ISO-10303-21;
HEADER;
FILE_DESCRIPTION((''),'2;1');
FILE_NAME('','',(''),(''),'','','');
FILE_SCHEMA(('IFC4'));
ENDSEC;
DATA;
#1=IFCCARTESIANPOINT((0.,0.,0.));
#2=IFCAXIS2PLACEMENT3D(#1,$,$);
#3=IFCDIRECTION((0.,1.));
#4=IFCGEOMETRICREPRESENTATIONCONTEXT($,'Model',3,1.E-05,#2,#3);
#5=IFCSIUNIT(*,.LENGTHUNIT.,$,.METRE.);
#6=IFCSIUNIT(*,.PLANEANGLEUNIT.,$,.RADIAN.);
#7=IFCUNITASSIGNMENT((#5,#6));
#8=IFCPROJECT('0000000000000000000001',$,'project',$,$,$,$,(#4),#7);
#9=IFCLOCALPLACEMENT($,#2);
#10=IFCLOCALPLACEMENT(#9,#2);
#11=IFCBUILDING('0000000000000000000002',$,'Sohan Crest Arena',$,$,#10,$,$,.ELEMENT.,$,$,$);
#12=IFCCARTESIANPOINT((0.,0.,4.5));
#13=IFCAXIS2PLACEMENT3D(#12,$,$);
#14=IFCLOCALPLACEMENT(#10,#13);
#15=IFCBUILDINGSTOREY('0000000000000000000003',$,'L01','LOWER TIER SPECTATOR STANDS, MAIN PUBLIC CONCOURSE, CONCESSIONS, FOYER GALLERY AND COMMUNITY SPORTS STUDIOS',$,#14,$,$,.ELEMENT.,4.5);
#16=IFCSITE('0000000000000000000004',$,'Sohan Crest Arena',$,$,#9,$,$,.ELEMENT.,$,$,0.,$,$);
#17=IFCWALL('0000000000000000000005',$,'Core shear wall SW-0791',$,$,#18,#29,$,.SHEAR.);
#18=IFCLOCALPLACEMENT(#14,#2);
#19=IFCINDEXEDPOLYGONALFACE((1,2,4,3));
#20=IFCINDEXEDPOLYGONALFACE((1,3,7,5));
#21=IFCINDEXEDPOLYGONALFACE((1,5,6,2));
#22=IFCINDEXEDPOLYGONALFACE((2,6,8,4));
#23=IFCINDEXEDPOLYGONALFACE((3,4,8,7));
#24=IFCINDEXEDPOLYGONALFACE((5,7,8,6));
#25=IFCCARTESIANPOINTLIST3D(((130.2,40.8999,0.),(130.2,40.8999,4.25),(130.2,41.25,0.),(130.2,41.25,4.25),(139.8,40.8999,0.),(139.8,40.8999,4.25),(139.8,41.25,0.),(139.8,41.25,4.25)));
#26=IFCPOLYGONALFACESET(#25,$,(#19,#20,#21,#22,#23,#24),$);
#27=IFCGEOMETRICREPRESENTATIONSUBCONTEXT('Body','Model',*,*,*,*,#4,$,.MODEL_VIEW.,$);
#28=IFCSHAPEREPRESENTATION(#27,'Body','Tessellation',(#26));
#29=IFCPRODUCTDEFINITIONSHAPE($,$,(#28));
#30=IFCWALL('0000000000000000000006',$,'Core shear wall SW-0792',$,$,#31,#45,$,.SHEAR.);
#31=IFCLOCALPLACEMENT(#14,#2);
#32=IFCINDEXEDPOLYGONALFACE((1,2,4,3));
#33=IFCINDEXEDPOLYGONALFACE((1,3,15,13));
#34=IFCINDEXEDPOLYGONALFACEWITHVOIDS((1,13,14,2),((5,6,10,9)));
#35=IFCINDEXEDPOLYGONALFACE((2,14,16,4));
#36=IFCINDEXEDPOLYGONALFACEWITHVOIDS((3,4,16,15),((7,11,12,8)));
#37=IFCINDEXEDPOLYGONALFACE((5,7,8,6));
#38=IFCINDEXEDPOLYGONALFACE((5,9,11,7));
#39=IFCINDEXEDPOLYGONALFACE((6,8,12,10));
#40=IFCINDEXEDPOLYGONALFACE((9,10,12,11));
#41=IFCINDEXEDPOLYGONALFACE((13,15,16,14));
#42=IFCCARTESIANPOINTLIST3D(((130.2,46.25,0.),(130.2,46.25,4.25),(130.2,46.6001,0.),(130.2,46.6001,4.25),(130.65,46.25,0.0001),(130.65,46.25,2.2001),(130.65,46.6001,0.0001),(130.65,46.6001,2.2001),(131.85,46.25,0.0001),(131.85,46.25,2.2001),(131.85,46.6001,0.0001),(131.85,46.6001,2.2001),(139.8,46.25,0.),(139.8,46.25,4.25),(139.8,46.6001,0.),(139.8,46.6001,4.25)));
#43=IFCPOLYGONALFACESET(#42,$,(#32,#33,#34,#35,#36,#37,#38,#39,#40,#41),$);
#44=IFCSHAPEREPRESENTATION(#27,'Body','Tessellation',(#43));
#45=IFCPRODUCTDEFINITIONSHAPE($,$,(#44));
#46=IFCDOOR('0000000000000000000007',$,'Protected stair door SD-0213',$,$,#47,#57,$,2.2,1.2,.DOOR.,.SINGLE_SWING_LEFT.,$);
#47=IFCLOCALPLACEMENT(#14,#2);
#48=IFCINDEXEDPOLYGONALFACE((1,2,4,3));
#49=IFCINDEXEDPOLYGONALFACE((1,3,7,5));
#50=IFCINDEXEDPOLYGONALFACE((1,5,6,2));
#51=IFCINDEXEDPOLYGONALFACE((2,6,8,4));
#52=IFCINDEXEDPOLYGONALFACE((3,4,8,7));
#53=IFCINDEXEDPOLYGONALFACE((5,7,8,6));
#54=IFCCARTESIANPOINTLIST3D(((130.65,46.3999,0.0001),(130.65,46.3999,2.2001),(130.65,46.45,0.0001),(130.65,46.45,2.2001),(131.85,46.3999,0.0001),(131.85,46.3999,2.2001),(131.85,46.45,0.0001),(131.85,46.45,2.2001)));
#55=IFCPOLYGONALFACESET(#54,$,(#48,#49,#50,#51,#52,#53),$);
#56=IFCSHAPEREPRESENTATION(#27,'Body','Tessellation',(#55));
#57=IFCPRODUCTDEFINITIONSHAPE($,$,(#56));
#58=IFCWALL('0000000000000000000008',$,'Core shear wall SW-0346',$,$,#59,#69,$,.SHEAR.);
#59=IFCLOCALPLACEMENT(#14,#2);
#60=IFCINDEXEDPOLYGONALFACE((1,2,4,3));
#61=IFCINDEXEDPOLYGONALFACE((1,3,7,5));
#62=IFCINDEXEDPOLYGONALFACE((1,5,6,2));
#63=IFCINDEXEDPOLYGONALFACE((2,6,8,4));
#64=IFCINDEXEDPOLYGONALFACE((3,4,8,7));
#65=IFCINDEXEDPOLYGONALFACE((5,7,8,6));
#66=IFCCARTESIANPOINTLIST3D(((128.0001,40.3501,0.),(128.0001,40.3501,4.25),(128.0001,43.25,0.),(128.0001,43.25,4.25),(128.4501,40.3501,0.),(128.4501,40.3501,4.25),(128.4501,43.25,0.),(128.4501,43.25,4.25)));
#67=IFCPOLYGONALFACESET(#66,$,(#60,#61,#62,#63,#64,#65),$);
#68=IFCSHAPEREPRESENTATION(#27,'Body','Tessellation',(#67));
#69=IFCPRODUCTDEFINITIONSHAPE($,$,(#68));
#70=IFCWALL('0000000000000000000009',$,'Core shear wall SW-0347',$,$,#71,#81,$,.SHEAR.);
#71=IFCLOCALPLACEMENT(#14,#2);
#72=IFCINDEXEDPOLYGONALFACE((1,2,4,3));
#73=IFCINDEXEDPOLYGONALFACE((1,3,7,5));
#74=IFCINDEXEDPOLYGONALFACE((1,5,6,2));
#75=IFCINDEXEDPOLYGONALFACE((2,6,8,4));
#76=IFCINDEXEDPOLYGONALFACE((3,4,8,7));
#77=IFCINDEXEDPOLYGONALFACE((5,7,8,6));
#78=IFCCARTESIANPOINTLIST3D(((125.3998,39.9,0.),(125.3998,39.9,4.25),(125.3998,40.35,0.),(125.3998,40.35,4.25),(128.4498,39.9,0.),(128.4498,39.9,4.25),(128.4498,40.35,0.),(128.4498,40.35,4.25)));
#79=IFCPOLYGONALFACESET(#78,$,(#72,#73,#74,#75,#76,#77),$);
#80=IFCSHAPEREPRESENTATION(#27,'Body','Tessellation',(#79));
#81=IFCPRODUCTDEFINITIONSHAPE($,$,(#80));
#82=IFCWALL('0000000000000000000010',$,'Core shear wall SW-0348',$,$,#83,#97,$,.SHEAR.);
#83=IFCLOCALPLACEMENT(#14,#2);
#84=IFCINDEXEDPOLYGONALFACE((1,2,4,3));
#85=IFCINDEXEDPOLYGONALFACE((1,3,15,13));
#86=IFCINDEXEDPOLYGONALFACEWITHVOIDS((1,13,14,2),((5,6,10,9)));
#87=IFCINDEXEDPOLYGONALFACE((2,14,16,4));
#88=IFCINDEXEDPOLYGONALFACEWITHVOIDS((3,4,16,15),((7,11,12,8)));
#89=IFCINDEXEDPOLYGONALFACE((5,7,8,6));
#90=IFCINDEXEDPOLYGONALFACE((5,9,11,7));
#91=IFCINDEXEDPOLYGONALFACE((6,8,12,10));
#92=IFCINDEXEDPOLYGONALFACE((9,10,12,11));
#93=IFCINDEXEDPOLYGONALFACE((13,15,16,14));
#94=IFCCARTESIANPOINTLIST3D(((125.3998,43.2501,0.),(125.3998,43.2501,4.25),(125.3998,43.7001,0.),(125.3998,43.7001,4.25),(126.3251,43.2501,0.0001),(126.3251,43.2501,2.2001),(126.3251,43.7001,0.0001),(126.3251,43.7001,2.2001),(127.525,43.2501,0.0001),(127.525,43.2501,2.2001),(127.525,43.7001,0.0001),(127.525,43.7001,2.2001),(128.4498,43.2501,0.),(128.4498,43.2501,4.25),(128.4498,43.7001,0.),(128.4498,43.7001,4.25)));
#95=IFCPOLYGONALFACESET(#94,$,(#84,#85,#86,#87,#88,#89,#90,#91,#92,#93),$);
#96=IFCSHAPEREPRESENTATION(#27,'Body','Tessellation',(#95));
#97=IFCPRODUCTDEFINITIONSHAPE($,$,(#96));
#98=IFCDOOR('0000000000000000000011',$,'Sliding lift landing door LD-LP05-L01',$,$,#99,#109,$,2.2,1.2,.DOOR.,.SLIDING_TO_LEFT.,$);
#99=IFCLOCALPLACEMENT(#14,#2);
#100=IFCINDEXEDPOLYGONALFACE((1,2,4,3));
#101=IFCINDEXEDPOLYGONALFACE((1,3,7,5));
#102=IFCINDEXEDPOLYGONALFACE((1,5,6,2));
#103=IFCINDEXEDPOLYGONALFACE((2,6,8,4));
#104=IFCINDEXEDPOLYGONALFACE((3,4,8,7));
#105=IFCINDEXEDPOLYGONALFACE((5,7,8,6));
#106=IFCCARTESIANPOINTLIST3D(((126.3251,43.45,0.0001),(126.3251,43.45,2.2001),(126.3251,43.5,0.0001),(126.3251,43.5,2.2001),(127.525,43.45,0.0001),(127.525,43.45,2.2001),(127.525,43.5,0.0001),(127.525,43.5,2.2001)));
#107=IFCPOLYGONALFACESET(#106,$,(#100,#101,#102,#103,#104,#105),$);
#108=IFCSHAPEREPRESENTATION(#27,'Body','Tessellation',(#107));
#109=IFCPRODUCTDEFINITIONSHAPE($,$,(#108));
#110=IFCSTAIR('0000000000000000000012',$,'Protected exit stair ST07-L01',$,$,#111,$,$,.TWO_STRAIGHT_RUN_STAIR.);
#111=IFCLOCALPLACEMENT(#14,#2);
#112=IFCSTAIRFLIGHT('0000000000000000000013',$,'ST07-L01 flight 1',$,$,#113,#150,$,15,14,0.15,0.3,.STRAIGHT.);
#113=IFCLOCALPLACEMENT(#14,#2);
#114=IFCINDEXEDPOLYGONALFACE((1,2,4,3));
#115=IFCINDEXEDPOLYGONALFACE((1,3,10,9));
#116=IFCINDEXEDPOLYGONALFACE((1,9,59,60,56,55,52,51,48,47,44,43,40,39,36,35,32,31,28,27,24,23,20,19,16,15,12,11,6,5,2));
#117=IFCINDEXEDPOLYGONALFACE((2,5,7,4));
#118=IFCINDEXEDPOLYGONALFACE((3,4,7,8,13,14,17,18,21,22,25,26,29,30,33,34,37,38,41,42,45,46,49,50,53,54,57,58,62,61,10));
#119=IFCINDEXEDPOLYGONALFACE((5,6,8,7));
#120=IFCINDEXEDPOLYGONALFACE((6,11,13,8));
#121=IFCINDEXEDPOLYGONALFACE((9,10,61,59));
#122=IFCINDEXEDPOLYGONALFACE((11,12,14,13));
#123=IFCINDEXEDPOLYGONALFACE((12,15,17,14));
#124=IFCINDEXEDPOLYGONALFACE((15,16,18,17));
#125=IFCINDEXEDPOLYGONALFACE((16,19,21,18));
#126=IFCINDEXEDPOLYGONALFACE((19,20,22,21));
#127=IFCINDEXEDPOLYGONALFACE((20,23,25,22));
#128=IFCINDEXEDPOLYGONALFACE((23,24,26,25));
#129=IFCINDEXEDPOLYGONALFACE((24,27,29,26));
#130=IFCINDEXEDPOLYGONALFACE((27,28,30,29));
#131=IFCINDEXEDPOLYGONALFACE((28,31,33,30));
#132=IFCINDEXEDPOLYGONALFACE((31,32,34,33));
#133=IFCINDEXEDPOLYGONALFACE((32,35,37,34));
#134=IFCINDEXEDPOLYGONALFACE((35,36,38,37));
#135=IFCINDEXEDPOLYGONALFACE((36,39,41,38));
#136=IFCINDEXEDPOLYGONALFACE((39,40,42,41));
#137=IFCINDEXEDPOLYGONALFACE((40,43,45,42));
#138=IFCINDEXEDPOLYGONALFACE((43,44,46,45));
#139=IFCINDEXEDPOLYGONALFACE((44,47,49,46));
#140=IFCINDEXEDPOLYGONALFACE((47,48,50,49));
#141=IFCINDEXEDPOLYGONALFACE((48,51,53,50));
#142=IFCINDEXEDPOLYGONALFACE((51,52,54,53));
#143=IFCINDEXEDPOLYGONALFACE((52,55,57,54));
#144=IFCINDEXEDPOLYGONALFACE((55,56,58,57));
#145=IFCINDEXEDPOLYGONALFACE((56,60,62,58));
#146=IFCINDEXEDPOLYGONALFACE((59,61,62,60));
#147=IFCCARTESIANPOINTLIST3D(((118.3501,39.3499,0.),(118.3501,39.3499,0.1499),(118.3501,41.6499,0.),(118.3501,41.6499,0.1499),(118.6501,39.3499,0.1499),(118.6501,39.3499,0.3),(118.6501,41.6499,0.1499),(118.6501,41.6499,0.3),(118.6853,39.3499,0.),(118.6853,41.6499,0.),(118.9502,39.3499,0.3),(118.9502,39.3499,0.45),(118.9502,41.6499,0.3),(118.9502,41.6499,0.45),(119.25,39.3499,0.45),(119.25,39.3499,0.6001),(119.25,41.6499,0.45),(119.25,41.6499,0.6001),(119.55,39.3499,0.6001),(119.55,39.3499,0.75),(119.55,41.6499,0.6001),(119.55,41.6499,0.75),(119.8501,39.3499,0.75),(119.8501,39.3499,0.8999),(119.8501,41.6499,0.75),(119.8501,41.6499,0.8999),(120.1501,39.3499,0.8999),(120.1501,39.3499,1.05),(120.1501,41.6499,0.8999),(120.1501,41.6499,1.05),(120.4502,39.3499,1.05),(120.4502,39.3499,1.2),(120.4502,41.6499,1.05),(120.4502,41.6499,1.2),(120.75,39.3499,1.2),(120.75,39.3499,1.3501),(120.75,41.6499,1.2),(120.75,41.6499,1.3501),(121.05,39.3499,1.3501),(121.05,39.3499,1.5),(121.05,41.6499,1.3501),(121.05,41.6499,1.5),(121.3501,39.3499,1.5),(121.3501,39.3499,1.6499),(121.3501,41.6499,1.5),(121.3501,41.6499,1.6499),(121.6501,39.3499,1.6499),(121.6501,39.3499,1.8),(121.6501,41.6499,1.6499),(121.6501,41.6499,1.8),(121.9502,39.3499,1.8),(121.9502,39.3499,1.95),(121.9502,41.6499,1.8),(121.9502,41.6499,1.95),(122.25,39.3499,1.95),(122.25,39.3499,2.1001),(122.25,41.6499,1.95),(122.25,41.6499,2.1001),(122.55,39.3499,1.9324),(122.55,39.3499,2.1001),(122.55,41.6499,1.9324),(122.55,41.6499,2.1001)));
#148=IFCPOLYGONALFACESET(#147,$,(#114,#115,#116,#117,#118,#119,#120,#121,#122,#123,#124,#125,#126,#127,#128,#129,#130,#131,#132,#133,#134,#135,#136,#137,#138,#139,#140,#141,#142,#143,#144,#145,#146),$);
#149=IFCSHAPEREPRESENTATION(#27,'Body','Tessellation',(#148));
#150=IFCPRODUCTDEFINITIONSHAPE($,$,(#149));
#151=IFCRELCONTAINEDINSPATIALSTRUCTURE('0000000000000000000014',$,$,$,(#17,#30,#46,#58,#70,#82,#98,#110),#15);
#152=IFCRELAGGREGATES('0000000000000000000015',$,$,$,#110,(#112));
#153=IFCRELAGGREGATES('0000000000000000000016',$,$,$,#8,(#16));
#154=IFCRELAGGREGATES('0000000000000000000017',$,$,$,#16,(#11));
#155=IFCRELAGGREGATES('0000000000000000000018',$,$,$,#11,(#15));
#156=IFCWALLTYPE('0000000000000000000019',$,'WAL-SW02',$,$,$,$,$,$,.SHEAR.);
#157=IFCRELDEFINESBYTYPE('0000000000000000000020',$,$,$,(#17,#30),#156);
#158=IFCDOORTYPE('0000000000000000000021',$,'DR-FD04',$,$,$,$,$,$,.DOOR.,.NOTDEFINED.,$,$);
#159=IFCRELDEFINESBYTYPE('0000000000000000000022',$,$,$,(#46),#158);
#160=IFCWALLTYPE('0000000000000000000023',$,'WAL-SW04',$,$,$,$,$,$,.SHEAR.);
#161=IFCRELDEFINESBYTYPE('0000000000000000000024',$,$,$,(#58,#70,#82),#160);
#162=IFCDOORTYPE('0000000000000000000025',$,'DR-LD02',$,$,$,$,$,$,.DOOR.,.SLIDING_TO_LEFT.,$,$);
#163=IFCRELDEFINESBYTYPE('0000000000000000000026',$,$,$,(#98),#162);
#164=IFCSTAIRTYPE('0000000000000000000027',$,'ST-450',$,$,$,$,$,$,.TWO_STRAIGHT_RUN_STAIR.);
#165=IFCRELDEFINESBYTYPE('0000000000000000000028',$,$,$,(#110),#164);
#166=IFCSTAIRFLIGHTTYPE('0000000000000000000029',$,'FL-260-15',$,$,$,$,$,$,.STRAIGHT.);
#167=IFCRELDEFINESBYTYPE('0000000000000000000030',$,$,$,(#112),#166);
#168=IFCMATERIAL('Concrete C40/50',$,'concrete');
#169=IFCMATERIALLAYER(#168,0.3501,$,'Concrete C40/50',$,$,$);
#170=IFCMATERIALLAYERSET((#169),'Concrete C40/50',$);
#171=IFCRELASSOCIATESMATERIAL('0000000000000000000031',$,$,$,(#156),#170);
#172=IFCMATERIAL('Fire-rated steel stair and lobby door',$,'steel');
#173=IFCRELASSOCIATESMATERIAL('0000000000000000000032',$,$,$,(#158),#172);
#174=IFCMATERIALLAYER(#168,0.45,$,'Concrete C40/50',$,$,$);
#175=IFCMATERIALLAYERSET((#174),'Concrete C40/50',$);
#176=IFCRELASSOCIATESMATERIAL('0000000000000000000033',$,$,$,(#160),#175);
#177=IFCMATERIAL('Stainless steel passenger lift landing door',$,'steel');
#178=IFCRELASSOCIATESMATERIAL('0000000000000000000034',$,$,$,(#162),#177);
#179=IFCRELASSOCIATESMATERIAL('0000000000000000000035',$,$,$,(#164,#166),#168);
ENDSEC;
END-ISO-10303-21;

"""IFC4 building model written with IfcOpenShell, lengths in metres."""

from ifc_helpers import new_model, si_unit, direction, frame, frame_2d, origin, place, context, subcontext, project, spatial, polyline, rectangle, outline, extrude, material, layer, layer_set, type_object, element, fill, aggregate, save


model = new_model("IFC4")

# Units and contexts
model_context = context("Model", 3, precision=1e-05, world=origin(), true_north=direction((0.0, 1.0)))
body_context = subcontext(model_context, "Body", "Model", "MODEL_VIEW")
ifc_project = project(units=[si_unit("LENGTHUNIT", "METRE"), si_unit("PLANEANGLEUNIT", "RADIAN")], contexts=[model_context])

# Site, building, storey
site_placement = place(None, origin())
site = spatial("IfcSite", under=ifc_project, at=site_placement, Name="Sohan Crest Arena", CompositionType="ELEMENT", RefElevation=0.0)
building_placement = place(site_placement, origin())
building = spatial("IfcBuilding", under=site, at=building_placement, Name="Sohan Crest Arena", CompositionType="ELEMENT")
storey_placement = place(building_placement, frame((0.0, 0.0, 4.5)))
storey = spatial("IfcBuildingStorey", under=building, at=storey_placement, Name="L01", Description="LOWER TIER SPECTATOR STANDS, MAIN PUBLIC CONCOURSE, CONCESSIONS, FOYER GALLERY AND COMMUNITY SPORTS STUDIOS", CompositionType="ELEMENT", Elevation=4.5)

# Shared definitions
ifc_material_1 = material(Name="Concrete C40/50", Category="concrete")

# Wall
ifc_layer_1 = layer(ifc_material_1, 0.3501, Name="Concrete C40/50")
ifc_layer_set_1 = layer_set([ifc_layer_1], Name="Concrete C40/50")
wall_type_1 = type_object("IfcWallType", Name="WAL-SW02", PredefinedType="SHEAR", material=ifc_layer_set_1)
wall_1_placement = place(storey_placement, frame((130.2, 41.075, 0.0), z_axis=(0.0, 0.0, 1.0), x_axis=(1.0, 0.0, 0.0)))
element("IfcWall", 1, at=wall_1_placement, inside=storey, type_object=wall_type_1, Name="Core shear wall SW-0791", PredefinedType="SHEAR", context=body_context, shape_type="SweptSolid", body=[
    extrude(rectangle(XDim=9.6001, YDim=0.3501, at=frame_2d((4.8, 0.0))), origin(), (0.0, 0.0, 1.0), 4.25),
])

# Wall, opening, door
wall_2_placement = place(storey_placement, frame((130.2, 46.425, 0.0), z_axis=(0.0, 0.0, 1.0), x_axis=(1.0, 0.0, 0.0)))
wall_2 = element("IfcWall", 2, at=wall_2_placement, inside=storey, type_object=wall_type_1, Name="Core shear wall SW-0792", PredefinedType="SHEAR", context=body_context, shape_type="SweptSolid", body=[
    extrude(rectangle(XDim=9.6001, YDim=0.3501, at=frame_2d((4.8, 0.0))), origin(), (0.0, 0.0, 1.0), 4.25),
])
opening_1_placement = place(wall_2_placement, frame((0.45, 0.0, 0.0)))
opening_1 = element("IfcOpeningElement", 3, at=opening_1_placement, cuts=wall_2, PredefinedType="OPENING", context=body_context, shape_type="SweptSolid", body=[
    extrude(rectangle(XDim=1.2, YDim=2.2, at=frame_2d((0.6001, 1.1001))), frame((0.0, 0.1851, 0.0), z_axis=(0.0, -1.0, 0.0), x_axis=(1.0, 0.0, 0.0)), (0.0, 0.0, 1.0), 0.3701),
])
ifc_material_2 = material(Name="Fire-rated steel stair and lobby door", Category="steel")
door_type_1 = type_object("IfcDoorType", Name="DR-FD04", OperationType="NOTDEFINED", PredefinedType="DOOR", material=ifc_material_2)
door_1_placement = place(opening_1_placement, origin())
door_1 = element("IfcDoor", 4, at=door_1_placement, inside=storey, type_object=door_type_1, Name="Protected stair door SD-0213", OperationType="SINGLE_SWING_LEFT", OverallHeight=2.2, OverallWidth=1.2, PredefinedType="DOOR", context=body_context, shape_type="SweptSolid", body=[
    extrude(rectangle(XDim=1.2, YDim=2.2, at=frame_2d((0.6001, 1.1001))), frame((0.0, 0.0249, 0.0), z_axis=(0.0, -1.0, 0.0), x_axis=(1.0, 0.0, 0.0)), (0.0, 0.0, 1.0), 0.05),
])
fill(opening_1, door_1)

# Walls
ifc_layer_2 = layer(ifc_material_1, 0.45, Name="Concrete C40/50")
ifc_layer_set_2 = layer_set([ifc_layer_2], Name="Concrete C40/50")
wall_type_2 = type_object("IfcWallType", Name="WAL-SW04", PredefinedType="SHEAR", material=ifc_layer_set_2)
wall_3_placement = place(storey_placement, frame((128.2251, 40.3501, 0.0), z_axis=(0.0, 0.0, 1.0), x_axis=(0.0, 1.0, 0.0)))
element("IfcWall", 5, at=wall_3_placement, inside=storey, type_object=wall_type_2, Name="Core shear wall SW-0346", PredefinedType="SHEAR", context=body_context, shape_type="SweptSolid", body=[
    extrude(rectangle(XDim=2.8999, YDim=0.45, at=frame_2d((1.45, 0.0))), origin(), (0.0, 0.0, 1.0), 4.25),
])
wall_4_placement = place(storey_placement, frame((125.3999, 40.125, 0.0), z_axis=(0.0, 0.0, 1.0), x_axis=(1.0, 0.0, 0.0)))
element("IfcWall", 6, at=wall_4_placement, inside=storey, type_object=wall_type_2, Name="Core shear wall SW-0347", PredefinedType="SHEAR", context=body_context, shape_type="SweptSolid", body=[
    extrude(rectangle(XDim=3.05, YDim=0.45, at=frame_2d((1.5249, 0.0))), origin(), (0.0, 0.0, 1.0), 4.25),
])

# Wall, opening, door
wall_5_placement = place(storey_placement, frame((125.3999, 43.4751, 0.0), z_axis=(0.0, 0.0, 1.0), x_axis=(1.0, 0.0, 0.0)))
wall_5 = element("IfcWall", 7, at=wall_5_placement, inside=storey, type_object=wall_type_2, Name="Core shear wall SW-0348", PredefinedType="SHEAR", context=body_context, shape_type="SweptSolid", body=[
    extrude(rectangle(XDim=3.05, YDim=0.45, at=frame_2d((1.5249, 0.0))), origin(), (0.0, 0.0, 1.0), 4.25),
])
opening_2_placement = place(wall_5_placement, frame((0.925, 0.0, 0.0)))
opening_2 = element("IfcOpeningElement", 8, at=opening_2_placement, cuts=wall_5, PredefinedType="OPENING", context=body_context, shape_type="SweptSolid", body=[
    extrude(rectangle(XDim=1.2, YDim=2.2, at=frame_2d((0.6001, 1.1001))), frame((0.0, 0.2349, 0.0), z_axis=(0.0, -1.0, 0.0), x_axis=(1.0, 0.0, 0.0)), (0.0, 0.0, 1.0), 0.47),
])
ifc_material_3 = material(Name="Stainless steel passenger lift landing door", Category="steel")
door_type_2 = type_object("IfcDoorType", Name="DR-LD02", OperationType="SLIDING_TO_LEFT", PredefinedType="DOOR", material=ifc_material_3)
door_2_placement = place(opening_2_placement, origin())
door_2 = element("IfcDoor", 9, at=door_2_placement, inside=storey, type_object=door_type_2, Name="Sliding lift landing door LD-LP05-L01", OperationType="SLIDING_TO_LEFT", OverallHeight=2.2, OverallWidth=1.2, PredefinedType="DOOR", context=body_context, shape_type="SweptSolid", body=[
    extrude(rectangle(XDim=1.2, YDim=2.2, at=frame_2d((0.6001, 1.1001))), frame((0.0, 0.0249, 0.0), z_axis=(0.0, -1.0, 0.0), x_axis=(1.0, 0.0, 0.0)), (0.0, 0.0, 1.0), 0.05),
])
fill(opening_2, door_2)

# Stair, stair flight
stair_type = type_object("IfcStairType", Name="ST-450", PredefinedType="TWO_STRAIGHT_RUN_STAIR", material=ifc_material_1)
stair_placement = place(storey_placement, origin())
stair = element("IfcStair", 10, at=stair_placement, inside=storey, type_object=stair_type, Name="Protected exit stair ST07-L01", PredefinedType="TWO_STRAIGHT_RUN_STAIR")
stair_flight_type = type_object("IfcStairFlightType", Name="FL-260-15", PredefinedType="STRAIGHT", material=ifc_material_1)
stair_flight_1_placement = place(storey_placement, frame((118.3501, 40.5, 0.0), z_axis=(0.0, 0.0, 1.0), x_axis=(1.0, 0.0, 0.0)))
stair_flight_1 = element("IfcStairFlight", 11, at=stair_flight_1_placement, type_object=stair_flight_type, Name="ST07-L01 flight 1", NumberOfRisers=15, NumberOfTreads=14, PredefinedType="STRAIGHT", RiserHeight=0.15, TreadLength=0.3, context=body_context, shape_type="SweptSolid", body=[
    extrude(outline(polyline([(0.0, 0.0), (0.0, 0.1499), (0.3, 0.1499), (0.3, 0.3), (0.6001, 0.3), (0.6001, 0.45), (0.8999, 0.45), (0.8999, 0.6001), (1.2, 0.6001), (1.2, 0.75), (1.5, 0.75), (1.5, 0.8999), (1.8, 0.8999), (1.8, 1.05), (2.1001, 1.05), (2.1001, 1.2), (2.3999, 1.2), (2.3999, 1.3501), (2.7, 1.3501), (2.7, 1.5), (3.0, 1.5), (3.0, 1.6499), (3.3, 1.6499), (3.3, 1.8), (3.6001, 1.8), (3.6001, 1.95), (3.8999, 1.95), (3.8999, 2.1001), (4.2, 2.1001), (4.2, 2.25), (4.2, 1.9324), (0.3352, 0.0), (0.0, 0.0)])), frame((0.0, 1.1499, 0.0), z_axis=(0.0, -1.0, 0.0), x_axis=(1.0, 0.0, 0.0)), (0.0, 0.0, 1.0), 2.3),
])
aggregate(stair, [stair_flight_1])

save(model, "model.ifc")
